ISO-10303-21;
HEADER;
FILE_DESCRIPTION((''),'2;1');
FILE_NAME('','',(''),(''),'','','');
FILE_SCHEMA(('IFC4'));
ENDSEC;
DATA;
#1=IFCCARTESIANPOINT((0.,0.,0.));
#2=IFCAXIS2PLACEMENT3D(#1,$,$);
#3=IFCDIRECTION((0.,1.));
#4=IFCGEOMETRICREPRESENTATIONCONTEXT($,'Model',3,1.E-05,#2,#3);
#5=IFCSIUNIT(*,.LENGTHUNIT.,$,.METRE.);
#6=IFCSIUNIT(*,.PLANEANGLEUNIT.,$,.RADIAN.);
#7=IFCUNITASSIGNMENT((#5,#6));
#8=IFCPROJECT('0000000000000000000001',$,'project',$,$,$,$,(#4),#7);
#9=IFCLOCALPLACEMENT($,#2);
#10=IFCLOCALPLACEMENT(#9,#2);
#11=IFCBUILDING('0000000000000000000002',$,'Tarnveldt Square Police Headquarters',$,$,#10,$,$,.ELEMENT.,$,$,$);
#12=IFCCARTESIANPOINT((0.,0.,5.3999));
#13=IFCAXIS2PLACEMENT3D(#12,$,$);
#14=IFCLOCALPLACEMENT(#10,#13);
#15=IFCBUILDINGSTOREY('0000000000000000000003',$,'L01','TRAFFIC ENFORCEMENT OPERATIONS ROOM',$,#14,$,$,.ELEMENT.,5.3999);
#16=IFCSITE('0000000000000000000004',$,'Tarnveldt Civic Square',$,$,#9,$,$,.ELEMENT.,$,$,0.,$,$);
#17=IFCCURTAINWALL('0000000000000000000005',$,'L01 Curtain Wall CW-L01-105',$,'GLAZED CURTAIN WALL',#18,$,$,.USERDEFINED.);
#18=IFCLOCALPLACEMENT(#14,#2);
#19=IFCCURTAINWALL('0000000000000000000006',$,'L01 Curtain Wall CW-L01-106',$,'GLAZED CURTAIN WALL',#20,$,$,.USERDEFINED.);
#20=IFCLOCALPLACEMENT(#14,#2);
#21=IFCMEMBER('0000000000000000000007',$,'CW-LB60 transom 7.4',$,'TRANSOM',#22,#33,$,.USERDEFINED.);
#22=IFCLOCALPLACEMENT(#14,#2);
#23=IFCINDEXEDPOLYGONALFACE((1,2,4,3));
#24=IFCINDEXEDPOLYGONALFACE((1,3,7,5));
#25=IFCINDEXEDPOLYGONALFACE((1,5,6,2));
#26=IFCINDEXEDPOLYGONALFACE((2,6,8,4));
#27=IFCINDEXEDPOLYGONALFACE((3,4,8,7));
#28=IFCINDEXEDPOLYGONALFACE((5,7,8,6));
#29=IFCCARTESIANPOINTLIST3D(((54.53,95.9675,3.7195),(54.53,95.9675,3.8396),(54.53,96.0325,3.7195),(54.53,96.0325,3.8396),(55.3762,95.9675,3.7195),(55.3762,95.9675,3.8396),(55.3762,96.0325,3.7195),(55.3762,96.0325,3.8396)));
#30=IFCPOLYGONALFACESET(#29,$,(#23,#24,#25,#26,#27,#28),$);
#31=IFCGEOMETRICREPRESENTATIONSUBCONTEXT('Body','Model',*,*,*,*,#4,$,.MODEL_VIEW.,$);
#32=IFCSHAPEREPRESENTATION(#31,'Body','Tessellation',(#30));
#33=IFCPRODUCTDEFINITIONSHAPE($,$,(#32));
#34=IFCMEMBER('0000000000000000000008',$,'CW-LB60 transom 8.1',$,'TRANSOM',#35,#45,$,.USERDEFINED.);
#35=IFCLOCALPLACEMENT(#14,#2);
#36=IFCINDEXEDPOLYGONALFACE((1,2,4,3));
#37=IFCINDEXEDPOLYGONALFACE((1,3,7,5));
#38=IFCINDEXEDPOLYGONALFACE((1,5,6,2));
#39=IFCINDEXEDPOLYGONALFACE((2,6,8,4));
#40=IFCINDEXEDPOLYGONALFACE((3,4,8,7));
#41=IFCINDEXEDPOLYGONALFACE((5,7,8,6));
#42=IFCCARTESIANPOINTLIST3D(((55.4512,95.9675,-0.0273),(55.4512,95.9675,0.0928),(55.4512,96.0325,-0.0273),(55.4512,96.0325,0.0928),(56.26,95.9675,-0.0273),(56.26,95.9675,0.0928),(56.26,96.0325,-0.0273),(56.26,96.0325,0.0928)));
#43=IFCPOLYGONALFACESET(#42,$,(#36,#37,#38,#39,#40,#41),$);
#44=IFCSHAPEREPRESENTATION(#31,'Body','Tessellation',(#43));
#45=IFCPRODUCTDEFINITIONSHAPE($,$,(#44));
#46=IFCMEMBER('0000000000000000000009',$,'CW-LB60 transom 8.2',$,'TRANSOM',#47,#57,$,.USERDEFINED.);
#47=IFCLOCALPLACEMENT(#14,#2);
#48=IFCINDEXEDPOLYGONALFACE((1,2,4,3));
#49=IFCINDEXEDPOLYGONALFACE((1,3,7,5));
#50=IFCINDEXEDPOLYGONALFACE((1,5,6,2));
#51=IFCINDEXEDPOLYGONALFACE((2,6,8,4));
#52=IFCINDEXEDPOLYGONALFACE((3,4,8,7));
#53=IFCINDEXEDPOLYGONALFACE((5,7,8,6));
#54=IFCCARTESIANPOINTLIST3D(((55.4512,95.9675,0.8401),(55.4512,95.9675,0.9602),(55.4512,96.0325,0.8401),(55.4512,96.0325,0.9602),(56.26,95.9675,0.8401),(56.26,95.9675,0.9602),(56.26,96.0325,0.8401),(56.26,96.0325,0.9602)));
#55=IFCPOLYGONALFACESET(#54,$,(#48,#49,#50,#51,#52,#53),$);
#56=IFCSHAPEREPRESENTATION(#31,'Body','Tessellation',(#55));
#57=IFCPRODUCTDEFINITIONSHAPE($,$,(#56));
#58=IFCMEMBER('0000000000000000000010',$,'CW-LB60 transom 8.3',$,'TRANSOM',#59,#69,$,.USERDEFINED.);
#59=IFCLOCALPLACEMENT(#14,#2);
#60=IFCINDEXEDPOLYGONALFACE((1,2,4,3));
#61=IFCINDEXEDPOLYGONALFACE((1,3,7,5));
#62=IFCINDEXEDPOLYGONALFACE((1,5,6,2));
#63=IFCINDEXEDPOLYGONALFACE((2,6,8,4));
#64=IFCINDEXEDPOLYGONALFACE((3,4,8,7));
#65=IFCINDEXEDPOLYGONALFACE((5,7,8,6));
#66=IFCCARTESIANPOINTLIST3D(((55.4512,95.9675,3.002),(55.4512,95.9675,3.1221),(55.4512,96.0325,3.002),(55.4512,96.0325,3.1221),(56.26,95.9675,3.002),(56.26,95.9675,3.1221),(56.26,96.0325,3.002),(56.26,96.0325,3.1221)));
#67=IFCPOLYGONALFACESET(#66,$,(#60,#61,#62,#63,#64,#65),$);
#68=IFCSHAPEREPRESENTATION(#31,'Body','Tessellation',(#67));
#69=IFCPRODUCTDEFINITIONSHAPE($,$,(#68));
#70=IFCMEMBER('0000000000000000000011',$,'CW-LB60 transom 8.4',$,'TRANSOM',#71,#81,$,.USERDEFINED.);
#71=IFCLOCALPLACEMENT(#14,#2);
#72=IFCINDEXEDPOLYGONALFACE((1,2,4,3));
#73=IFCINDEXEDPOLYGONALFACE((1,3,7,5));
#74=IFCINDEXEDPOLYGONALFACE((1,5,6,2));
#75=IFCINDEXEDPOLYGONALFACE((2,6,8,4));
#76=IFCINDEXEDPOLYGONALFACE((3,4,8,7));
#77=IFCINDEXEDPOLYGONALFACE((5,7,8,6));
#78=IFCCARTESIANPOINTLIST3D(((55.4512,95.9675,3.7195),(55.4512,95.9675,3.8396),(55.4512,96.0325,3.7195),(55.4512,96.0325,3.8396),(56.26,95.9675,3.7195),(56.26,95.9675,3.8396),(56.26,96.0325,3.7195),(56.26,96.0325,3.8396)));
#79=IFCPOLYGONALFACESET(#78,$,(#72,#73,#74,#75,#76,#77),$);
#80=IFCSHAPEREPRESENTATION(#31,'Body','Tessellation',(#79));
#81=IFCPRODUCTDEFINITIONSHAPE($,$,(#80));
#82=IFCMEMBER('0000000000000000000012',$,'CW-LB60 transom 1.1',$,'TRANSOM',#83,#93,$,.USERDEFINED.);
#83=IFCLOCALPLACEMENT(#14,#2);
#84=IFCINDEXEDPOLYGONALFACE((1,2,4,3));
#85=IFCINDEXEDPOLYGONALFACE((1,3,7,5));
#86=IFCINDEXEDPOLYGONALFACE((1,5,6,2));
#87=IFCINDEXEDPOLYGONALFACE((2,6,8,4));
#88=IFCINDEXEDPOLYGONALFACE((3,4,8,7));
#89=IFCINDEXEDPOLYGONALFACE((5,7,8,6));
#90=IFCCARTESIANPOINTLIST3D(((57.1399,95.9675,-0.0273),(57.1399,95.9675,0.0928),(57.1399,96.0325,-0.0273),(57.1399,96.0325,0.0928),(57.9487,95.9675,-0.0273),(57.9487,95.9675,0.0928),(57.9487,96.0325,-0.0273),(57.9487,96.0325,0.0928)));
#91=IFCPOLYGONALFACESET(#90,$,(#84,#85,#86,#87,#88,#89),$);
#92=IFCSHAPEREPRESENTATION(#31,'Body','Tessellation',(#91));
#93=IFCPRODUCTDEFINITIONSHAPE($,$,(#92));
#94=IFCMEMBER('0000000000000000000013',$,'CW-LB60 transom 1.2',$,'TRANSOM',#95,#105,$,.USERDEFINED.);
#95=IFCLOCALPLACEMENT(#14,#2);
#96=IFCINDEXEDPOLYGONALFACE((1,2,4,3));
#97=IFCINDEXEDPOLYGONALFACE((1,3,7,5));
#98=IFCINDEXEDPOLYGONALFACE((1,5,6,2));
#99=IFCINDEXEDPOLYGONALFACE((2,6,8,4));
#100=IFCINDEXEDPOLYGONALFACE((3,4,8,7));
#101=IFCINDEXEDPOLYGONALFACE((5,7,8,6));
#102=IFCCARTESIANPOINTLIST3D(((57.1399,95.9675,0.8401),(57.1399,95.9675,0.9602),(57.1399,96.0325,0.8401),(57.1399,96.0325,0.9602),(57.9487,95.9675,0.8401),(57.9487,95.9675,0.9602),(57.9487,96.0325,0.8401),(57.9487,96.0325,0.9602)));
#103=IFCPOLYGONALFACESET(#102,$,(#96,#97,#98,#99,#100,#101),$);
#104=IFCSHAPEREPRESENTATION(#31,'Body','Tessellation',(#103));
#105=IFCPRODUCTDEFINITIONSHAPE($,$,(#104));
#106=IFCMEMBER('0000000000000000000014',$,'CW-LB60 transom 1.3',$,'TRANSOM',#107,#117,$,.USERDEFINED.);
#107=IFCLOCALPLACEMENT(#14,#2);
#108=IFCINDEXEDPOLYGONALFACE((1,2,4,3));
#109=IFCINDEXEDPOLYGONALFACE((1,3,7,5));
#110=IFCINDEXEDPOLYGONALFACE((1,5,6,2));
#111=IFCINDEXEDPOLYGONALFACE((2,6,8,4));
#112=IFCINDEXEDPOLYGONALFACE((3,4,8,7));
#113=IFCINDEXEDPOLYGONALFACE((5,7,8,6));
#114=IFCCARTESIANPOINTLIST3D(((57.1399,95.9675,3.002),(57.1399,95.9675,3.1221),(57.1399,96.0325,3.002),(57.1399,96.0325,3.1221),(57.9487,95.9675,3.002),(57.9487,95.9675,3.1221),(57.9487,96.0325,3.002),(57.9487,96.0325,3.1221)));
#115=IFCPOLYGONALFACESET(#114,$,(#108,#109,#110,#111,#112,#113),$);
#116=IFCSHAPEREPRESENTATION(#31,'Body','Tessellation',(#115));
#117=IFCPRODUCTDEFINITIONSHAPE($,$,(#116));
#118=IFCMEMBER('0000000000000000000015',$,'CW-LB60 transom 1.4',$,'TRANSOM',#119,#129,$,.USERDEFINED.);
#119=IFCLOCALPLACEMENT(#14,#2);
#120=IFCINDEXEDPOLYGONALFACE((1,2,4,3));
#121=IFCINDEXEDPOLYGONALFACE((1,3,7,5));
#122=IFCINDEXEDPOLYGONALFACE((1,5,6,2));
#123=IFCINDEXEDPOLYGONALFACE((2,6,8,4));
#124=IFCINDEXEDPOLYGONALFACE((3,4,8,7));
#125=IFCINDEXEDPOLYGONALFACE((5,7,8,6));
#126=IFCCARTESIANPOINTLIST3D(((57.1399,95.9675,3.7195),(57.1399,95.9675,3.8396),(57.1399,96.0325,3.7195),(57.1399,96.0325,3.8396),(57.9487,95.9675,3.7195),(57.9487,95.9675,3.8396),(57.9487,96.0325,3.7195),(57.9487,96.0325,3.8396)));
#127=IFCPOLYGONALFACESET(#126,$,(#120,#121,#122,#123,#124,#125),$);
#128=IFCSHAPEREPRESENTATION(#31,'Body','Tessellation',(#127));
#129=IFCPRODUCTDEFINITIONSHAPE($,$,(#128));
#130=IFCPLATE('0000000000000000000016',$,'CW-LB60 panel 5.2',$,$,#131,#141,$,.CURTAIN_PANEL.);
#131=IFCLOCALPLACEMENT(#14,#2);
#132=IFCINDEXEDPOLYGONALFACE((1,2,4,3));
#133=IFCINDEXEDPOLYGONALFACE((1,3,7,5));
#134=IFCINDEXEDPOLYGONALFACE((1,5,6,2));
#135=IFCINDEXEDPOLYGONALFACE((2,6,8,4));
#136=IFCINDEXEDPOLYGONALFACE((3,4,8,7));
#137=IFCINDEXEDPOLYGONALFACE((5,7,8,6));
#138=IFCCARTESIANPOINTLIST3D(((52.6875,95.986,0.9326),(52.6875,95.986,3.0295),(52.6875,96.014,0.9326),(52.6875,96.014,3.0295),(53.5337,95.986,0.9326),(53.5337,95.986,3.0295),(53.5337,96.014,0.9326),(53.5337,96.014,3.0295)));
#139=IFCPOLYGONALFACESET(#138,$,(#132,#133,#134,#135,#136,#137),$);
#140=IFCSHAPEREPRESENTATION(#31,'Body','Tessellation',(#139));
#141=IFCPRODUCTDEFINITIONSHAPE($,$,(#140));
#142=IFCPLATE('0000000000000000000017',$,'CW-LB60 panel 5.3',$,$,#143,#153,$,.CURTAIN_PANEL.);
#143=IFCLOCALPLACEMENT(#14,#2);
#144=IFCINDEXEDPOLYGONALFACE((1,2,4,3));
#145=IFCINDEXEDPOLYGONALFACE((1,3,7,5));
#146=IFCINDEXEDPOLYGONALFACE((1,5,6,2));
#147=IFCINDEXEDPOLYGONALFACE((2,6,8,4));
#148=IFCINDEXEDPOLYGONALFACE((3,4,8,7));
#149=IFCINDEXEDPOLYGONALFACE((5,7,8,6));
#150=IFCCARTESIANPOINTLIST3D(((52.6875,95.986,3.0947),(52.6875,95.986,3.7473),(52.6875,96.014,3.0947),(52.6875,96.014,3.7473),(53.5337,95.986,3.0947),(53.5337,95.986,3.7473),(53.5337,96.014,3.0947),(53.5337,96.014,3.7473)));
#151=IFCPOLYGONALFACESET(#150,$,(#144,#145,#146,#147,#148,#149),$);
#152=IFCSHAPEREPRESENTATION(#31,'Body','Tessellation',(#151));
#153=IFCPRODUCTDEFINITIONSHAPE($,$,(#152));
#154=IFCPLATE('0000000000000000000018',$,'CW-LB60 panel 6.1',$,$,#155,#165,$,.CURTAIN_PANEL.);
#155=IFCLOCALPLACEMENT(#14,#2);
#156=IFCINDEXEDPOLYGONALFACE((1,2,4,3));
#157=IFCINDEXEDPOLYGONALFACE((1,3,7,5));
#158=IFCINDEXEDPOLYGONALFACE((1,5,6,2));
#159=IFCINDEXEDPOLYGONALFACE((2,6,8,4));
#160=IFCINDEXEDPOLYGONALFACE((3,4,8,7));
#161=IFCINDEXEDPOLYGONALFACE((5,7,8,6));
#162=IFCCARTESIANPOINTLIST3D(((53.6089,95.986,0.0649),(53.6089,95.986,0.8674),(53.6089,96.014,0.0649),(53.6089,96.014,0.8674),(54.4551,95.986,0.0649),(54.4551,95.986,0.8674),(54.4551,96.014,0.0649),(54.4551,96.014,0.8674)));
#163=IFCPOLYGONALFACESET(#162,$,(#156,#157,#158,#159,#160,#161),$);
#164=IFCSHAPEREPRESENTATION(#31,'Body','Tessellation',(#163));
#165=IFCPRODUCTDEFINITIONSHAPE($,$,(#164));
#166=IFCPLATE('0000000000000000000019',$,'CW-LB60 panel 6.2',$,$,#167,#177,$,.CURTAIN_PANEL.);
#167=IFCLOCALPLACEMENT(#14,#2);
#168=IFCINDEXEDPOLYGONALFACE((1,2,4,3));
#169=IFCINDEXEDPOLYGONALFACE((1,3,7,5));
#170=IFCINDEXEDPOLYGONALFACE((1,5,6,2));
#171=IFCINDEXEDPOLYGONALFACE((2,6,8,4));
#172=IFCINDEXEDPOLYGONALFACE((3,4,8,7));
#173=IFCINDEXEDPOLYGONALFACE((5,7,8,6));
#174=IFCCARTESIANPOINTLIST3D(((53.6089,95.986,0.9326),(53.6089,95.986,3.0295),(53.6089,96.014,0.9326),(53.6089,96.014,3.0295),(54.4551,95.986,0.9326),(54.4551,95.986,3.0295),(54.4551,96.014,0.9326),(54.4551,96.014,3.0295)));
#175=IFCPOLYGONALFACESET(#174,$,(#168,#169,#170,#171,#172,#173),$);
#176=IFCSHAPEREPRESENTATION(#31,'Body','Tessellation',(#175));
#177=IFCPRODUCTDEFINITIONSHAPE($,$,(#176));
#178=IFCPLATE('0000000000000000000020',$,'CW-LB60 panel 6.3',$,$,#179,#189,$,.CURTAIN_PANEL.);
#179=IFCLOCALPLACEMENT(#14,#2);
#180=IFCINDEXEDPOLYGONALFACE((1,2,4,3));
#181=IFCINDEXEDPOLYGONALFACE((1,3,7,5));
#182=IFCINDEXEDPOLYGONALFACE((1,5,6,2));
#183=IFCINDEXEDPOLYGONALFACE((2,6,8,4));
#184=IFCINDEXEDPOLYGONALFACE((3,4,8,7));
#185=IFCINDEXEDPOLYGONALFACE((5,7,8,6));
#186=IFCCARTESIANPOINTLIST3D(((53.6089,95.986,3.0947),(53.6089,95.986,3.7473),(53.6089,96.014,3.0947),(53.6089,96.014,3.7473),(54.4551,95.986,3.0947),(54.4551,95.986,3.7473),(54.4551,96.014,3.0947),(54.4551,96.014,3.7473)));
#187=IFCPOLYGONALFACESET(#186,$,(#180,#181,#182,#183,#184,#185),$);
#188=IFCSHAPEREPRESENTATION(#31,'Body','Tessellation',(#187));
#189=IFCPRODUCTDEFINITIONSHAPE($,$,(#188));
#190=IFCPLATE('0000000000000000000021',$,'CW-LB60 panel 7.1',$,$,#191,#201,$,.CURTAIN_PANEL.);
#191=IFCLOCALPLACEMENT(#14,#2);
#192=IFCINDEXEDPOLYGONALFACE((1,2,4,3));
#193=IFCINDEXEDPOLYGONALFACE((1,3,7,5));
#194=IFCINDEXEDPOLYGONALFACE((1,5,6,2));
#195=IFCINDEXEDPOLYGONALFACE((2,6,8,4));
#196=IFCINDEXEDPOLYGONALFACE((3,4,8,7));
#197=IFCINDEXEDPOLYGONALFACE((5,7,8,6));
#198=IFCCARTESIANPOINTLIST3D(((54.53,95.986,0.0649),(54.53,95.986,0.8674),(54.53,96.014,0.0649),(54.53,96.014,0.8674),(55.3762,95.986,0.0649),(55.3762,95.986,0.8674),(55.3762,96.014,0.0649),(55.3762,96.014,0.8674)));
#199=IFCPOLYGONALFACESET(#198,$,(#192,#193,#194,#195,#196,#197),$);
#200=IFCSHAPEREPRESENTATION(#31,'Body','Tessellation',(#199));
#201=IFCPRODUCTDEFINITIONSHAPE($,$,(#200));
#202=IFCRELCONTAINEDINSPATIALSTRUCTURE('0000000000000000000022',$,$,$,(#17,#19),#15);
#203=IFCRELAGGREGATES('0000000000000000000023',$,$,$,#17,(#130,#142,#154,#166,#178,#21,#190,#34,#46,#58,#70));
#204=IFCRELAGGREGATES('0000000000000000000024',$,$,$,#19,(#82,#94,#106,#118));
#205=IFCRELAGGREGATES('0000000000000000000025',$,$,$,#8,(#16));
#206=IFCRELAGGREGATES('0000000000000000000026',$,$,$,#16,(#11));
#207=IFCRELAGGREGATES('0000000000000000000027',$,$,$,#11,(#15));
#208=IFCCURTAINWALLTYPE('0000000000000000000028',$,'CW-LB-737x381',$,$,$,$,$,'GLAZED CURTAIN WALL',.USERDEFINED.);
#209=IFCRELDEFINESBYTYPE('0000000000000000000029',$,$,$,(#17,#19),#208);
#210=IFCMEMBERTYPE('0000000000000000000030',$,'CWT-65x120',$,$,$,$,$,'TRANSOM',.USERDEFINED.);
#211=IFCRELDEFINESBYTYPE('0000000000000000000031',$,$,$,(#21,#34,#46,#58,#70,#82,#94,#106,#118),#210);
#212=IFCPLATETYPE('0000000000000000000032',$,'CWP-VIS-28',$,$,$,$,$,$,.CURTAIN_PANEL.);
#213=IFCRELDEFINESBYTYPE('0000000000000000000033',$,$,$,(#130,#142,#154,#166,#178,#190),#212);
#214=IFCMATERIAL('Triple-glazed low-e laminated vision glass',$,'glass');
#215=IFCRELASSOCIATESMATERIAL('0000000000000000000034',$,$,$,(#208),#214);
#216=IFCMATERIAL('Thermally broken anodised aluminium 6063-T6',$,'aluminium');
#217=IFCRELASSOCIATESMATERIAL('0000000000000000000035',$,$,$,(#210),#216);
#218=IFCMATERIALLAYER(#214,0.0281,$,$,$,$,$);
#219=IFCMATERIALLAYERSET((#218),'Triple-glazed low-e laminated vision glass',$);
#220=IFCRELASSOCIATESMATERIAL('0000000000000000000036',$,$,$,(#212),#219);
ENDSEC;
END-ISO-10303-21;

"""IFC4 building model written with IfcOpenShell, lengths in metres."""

from ifc_helpers import new_model, si_unit, direction, frame, origin, origin_2d, place, context, subcontext, project, spatial, rectangle, extrude, material, layer, layer_set, material_profile, profile_set, type_object, element, aggregate, save


model = new_model("IFC4")

# Units and contexts
model_context = context("Model", 3, precision=1e-05, world=origin(), true_north=direction((0.0, 1.0)))
body_context = subcontext(model_context, "Body", "Model", "MODEL_VIEW")
ifc_project = project(units=[si_unit("LENGTHUNIT", "METRE"), si_unit("PLANEANGLEUNIT", "RADIAN")], contexts=[model_context])

# Site, building, storey
site_placement = place(None, origin())
site = spatial("IfcSite", under=ifc_project, at=site_placement, Name="Tarnveldt Civic Square", CompositionType="ELEMENT", RefElevation=0.0)
building_placement = place(site_placement, origin())
building = spatial("IfcBuilding", under=site, at=building_placement, Name="Tarnveldt Square Police Headquarters", CompositionType="ELEMENT")
storey_placement = place(building_placement, frame((0.0, 0.0, 5.3999)))
storey = spatial("IfcBuildingStorey", under=building, at=storey_placement, Name="L01", Description="TRAFFIC ENFORCEMENT OPERATIONS ROOM", CompositionType="ELEMENT", Elevation=5.3999)

# Curtain wall
ifc_material_1 = material(Name="Triple-glazed low-e laminated vision glass", Category="glass")
curtain_wall_type = type_object("IfcCurtainWallType", Name="CW-LB-737x381", ElementType="GLAZED CURTAIN WALL", PredefinedType="USERDEFINED", material=ifc_material_1)
curtain_wall_1_placement = place(storey_placement, origin())
curtain_wall_1 = element("IfcCurtainWall", 1, at=curtain_wall_1_placement, inside=storey, type_object=curtain_wall_type, Name="L01 Curtain Wall CW-L01-105", ObjectType="GLAZED CURTAIN WALL", PredefinedType="USERDEFINED")
ifc_material_2 = material(Name="Thermally broken anodised aluminium 6063-T6", Category="aluminium")

# Curtain wall
curtain_wall_2_placement = place(storey_placement, origin())
curtain_wall_2 = element("IfcCurtainWall", 2, at=curtain_wall_2_placement, inside=storey, type_object=curtain_wall_type, Name="L01 Curtain Wall CW-L01-106", ObjectType="GLAZED CURTAIN WALL", PredefinedType="USERDEFINED")

# Members
ifc_material_profile_1 = material_profile(ifc_material_2, rectangle(XDim=0.0649, YDim=0.1201, at=origin_2d()), Name="CW-T65x120")
ifc_profile_set_1 = profile_set([ifc_material_profile_1], Name="Thermally broken anodised aluminium 6063-T6")
member_type_1 = type_object("IfcMemberType", Name="CWT-65x120", ElementType="TRANSOM", PredefinedType="USERDEFINED", material=ifc_profile_set_1)
member_1_placement = place(storey_placement, frame((54.53, 96.0, 3.7795), z_axis=(1.0, 0.0, 0.0), x_axis=(0.0, 1.0, 0.0)))
member_1 = element("IfcMember", 3, at=member_1_placement, type_object=member_type_1, Name="CW-LB60 transom 7.4", ObjectType="TRANSOM", PredefinedType="USERDEFINED", context=body_context, shape_type="SweptSolid", body=[
    extrude(rectangle(XDim=0.0649, YDim=0.1201, at=origin_2d()), origin(), (0.0, 0.0, 1.0), 0.8462),
])
member_2_placement = place(storey_placement, frame((55.4512, 96.0, 0.0327), z_axis=(1.0, 0.0, 0.0), x_axis=(0.0, 1.0, 0.0)))
member_2 = element("IfcMember", 4, at=member_2_placement, type_object=member_type_1, Name="CW-LB60 transom 8.1", ObjectType="TRANSOM", PredefinedType="USERDEFINED", context=body_context, shape_type="SweptSolid", body=[
    extrude(rectangle(XDim=0.0649, YDim=0.1201, at=origin_2d()), origin(), (0.0, 0.0, 1.0), 0.8088),
])
member_3_placement = place(storey_placement, frame((55.4512, 96.0, 0.9001), z_axis=(1.0, 0.0, 0.0), x_axis=(0.0, 1.0, 0.0)))
member_3 = element("IfcMember", 5, at=member_3_placement, type_object=member_type_1, Name="CW-LB60 transom 8.2", ObjectType="TRANSOM", PredefinedType="USERDEFINED", context=body_context, shape_type="SweptSolid", body=[
    extrude(rectangle(XDim=0.0649, YDim=0.1201, at=origin_2d()), origin(), (0.0, 0.0, 1.0), 0.8088),
])
member_4_placement = place(storey_placement, frame((55.4512, 96.0, 3.062), z_axis=(1.0, 0.0, 0.0), x_axis=(0.0, 1.0, 0.0)))
member_4 = element("IfcMember", 6, at=member_4_placement, type_object=member_type_1, Name="CW-LB60 transom 8.3", ObjectType="TRANSOM", PredefinedType="USERDEFINED", context=body_context, shape_type="SweptSolid", body=[
    extrude(rectangle(XDim=0.0649, YDim=0.1201, at=origin_2d()), origin(), (0.0, 0.0, 1.0), 0.8088),
])
member_5_placement = place(storey_placement, frame((55.4512, 96.0, 3.7795), z_axis=(1.0, 0.0, 0.0), x_axis=(0.0, 1.0, 0.0)))
member_5 = element("IfcMember", 7, at=member_5_placement, type_object=member_type_1, Name="CW-LB60 transom 8.4", ObjectType="TRANSOM", PredefinedType="USERDEFINED", context=body_context, shape_type="SweptSolid", body=[
    extrude(rectangle(XDim=0.0649, YDim=0.1201, at=origin_2d()), origin(), (0.0, 0.0, 1.0), 0.8088),
])
member_6_placement = place(storey_placement, frame((57.1399, 96.0, 0.0327), z_axis=(1.0, 0.0, 0.0), x_axis=(0.0, 1.0, 0.0)))
member_6 = element("IfcMember", 8, at=member_6_placement, type_object=member_type_1, Name="CW-LB60 transom 1.1", ObjectType="TRANSOM", PredefinedType="USERDEFINED", context=body_context, shape_type="SweptSolid", body=[
    extrude(rectangle(XDim=0.0649, YDim=0.1201, at=origin_2d()), origin(), (0.0, 0.0, 1.0), 0.8088),
])
member_7_placement = place(storey_placement, frame((57.1399, 96.0, 0.9001), z_axis=(1.0, 0.0, 0.0), x_axis=(0.0, 1.0, 0.0)))
member_7 = element("IfcMember", 9, at=member_7_placement, type_object=member_type_1, Name="CW-LB60 transom 1.2", ObjectType="TRANSOM", PredefinedType="USERDEFINED", context=body_context, shape_type="SweptSolid", body=[
    extrude(rectangle(XDim=0.0649, YDim=0.1201, at=origin_2d()), origin(), (0.0, 0.0, 1.0), 0.8088),
])
member_8_placement = place(storey_placement, frame((57.1399, 96.0, 3.062), z_axis=(1.0, 0.0, 0.0), x_axis=(0.0, 1.0, 0.0)))
member_8 = element("IfcMember", 10, at=member_8_placement, type_object=member_type_1, Name="CW-LB60 transom 1.3", ObjectType="TRANSOM", PredefinedType="USERDEFINED", context=body_context, shape_type="SweptSolid", body=[
    extrude(rectangle(XDim=0.0649, YDim=0.1201, at=origin_2d()), origin(), (0.0, 0.0, 1.0), 0.8088),
])
member_9_placement = place(storey_placement, frame((57.1399, 96.0, 3.7795), z_axis=(1.0, 0.0, 0.0), x_axis=(0.0, 1.0, 0.0)))
member_9 = element("IfcMember", 11, at=member_9_placement, type_object=member_type_1, Name="CW-LB60 transom 1.4", ObjectType="TRANSOM", PredefinedType="USERDEFINED", context=body_context, shape_type="SweptSolid", body=[
    extrude(rectangle(XDim=0.0649, YDim=0.1201, at=origin_2d()), origin(), (0.0, 0.0, 1.0), 0.8088),
])

# Plates
ifc_layer = layer(ifc_material_1, 0.0281)
ifc_layer_set = layer_set([ifc_layer], Name="Triple-glazed low-e laminated vision glass")
plate_type = type_object("IfcPlateType", Name="CWP-VIS-28", PredefinedType="CURTAIN_PANEL", material=ifc_layer_set)
plate_1_placement = place(storey_placement, frame((53.1106, 96.0, 0.9326), z_axis=(0.0, 0.0, 1.0), x_axis=(1.0, 0.0, 0.0)))
plate_1 = element("IfcPlate", 12, at=plate_1_placement, type_object=plate_type, Name="CW-LB60 panel 5.2", PredefinedType="CURTAIN_PANEL", context=body_context, shape_type="SweptSolid", body=[
    extrude(rectangle(XDim=0.8462, YDim=0.0281, at=origin_2d()), origin(), (0.0, 0.0, 1.0), 2.0969),
])
plate_2_placement = place(storey_placement, frame((53.1106, 96.0, 3.0947), z_axis=(0.0, 0.0, 1.0), x_axis=(1.0, 0.0, 0.0)))
plate_2 = element("IfcPlate", 13, at=plate_2_placement, type_object=plate_type, Name="CW-LB60 panel 5.3", PredefinedType="CURTAIN_PANEL", context=body_context, shape_type="SweptSolid", body=[
    extrude(rectangle(XDim=0.8462, YDim=0.0281, at=origin_2d()), origin(), (0.0, 0.0, 1.0), 0.6526),
])
plate_3_placement = place(storey_placement, frame((54.032, 96.0, 0.0649), z_axis=(0.0, 0.0, 1.0), x_axis=(1.0, 0.0, 0.0)))
plate_3 = element("IfcPlate", 14, at=plate_3_placement, type_object=plate_type, Name="CW-LB60 panel 6.1", PredefinedType="CURTAIN_PANEL", context=body_context, shape_type="SweptSolid", body=[
    extrude(rectangle(XDim=0.8462, YDim=0.0281, at=origin_2d()), origin(), (0.0, 0.0, 1.0), 0.8025),
])
plate_4_placement = place(storey_placement, frame((54.032, 96.0, 0.9326), z_axis=(0.0, 0.0, 1.0), x_axis=(1.0, 0.0, 0.0)))
plate_4 = element("IfcPlate", 15, at=plate_4_placement, type_object=plate_type, Name="CW-LB60 panel 6.2", PredefinedType="CURTAIN_PANEL", context=body_context, shape_type="SweptSolid", body=[
    extrude(rectangle(XDim=0.8462, YDim=0.0281, at=origin_2d()), origin(), (0.0, 0.0, 1.0), 2.0969),
])
plate_5_placement = place(storey_placement, frame((54.032, 96.0, 3.0947), z_axis=(0.0, 0.0, 1.0), x_axis=(1.0, 0.0, 0.0)))
plate_5 = element("IfcPlate", 16, at=plate_5_placement, type_object=plate_type, Name="CW-LB60 panel 6.3", PredefinedType="CURTAIN_PANEL", context=body_context, shape_type="SweptSolid", body=[
    extrude(rectangle(XDim=0.8462, YDim=0.0281, at=origin_2d()), origin(), (0.0, 0.0, 1.0), 0.6526),
])
plate_6_placement = place(storey_placement, frame((54.9531, 96.0, 0.0649), z_axis=(0.0, 0.0, 1.0), x_axis=(1.0, 0.0, 0.0)))
plate_6 = element("IfcPlate", 17, at=plate_6_placement, type_object=plate_type, Name="CW-LB60 panel 7.1", PredefinedType="CURTAIN_PANEL", context=body_context, shape_type="SweptSolid", body=[
    extrude(rectangle(XDim=0.8462, YDim=0.0281, at=origin_2d()), origin(), (0.0, 0.0, 1.0), 0.8025),
])
aggregate(curtain_wall_1, [plate_1, plate_2, plate_3, plate_4, plate_5, member_1, plate_6, member_2, member_3, member_4, member_5])
aggregate(curtain_wall_2, [member_6, member_7, member_8, member_9])

save(model, "model.ifc")
